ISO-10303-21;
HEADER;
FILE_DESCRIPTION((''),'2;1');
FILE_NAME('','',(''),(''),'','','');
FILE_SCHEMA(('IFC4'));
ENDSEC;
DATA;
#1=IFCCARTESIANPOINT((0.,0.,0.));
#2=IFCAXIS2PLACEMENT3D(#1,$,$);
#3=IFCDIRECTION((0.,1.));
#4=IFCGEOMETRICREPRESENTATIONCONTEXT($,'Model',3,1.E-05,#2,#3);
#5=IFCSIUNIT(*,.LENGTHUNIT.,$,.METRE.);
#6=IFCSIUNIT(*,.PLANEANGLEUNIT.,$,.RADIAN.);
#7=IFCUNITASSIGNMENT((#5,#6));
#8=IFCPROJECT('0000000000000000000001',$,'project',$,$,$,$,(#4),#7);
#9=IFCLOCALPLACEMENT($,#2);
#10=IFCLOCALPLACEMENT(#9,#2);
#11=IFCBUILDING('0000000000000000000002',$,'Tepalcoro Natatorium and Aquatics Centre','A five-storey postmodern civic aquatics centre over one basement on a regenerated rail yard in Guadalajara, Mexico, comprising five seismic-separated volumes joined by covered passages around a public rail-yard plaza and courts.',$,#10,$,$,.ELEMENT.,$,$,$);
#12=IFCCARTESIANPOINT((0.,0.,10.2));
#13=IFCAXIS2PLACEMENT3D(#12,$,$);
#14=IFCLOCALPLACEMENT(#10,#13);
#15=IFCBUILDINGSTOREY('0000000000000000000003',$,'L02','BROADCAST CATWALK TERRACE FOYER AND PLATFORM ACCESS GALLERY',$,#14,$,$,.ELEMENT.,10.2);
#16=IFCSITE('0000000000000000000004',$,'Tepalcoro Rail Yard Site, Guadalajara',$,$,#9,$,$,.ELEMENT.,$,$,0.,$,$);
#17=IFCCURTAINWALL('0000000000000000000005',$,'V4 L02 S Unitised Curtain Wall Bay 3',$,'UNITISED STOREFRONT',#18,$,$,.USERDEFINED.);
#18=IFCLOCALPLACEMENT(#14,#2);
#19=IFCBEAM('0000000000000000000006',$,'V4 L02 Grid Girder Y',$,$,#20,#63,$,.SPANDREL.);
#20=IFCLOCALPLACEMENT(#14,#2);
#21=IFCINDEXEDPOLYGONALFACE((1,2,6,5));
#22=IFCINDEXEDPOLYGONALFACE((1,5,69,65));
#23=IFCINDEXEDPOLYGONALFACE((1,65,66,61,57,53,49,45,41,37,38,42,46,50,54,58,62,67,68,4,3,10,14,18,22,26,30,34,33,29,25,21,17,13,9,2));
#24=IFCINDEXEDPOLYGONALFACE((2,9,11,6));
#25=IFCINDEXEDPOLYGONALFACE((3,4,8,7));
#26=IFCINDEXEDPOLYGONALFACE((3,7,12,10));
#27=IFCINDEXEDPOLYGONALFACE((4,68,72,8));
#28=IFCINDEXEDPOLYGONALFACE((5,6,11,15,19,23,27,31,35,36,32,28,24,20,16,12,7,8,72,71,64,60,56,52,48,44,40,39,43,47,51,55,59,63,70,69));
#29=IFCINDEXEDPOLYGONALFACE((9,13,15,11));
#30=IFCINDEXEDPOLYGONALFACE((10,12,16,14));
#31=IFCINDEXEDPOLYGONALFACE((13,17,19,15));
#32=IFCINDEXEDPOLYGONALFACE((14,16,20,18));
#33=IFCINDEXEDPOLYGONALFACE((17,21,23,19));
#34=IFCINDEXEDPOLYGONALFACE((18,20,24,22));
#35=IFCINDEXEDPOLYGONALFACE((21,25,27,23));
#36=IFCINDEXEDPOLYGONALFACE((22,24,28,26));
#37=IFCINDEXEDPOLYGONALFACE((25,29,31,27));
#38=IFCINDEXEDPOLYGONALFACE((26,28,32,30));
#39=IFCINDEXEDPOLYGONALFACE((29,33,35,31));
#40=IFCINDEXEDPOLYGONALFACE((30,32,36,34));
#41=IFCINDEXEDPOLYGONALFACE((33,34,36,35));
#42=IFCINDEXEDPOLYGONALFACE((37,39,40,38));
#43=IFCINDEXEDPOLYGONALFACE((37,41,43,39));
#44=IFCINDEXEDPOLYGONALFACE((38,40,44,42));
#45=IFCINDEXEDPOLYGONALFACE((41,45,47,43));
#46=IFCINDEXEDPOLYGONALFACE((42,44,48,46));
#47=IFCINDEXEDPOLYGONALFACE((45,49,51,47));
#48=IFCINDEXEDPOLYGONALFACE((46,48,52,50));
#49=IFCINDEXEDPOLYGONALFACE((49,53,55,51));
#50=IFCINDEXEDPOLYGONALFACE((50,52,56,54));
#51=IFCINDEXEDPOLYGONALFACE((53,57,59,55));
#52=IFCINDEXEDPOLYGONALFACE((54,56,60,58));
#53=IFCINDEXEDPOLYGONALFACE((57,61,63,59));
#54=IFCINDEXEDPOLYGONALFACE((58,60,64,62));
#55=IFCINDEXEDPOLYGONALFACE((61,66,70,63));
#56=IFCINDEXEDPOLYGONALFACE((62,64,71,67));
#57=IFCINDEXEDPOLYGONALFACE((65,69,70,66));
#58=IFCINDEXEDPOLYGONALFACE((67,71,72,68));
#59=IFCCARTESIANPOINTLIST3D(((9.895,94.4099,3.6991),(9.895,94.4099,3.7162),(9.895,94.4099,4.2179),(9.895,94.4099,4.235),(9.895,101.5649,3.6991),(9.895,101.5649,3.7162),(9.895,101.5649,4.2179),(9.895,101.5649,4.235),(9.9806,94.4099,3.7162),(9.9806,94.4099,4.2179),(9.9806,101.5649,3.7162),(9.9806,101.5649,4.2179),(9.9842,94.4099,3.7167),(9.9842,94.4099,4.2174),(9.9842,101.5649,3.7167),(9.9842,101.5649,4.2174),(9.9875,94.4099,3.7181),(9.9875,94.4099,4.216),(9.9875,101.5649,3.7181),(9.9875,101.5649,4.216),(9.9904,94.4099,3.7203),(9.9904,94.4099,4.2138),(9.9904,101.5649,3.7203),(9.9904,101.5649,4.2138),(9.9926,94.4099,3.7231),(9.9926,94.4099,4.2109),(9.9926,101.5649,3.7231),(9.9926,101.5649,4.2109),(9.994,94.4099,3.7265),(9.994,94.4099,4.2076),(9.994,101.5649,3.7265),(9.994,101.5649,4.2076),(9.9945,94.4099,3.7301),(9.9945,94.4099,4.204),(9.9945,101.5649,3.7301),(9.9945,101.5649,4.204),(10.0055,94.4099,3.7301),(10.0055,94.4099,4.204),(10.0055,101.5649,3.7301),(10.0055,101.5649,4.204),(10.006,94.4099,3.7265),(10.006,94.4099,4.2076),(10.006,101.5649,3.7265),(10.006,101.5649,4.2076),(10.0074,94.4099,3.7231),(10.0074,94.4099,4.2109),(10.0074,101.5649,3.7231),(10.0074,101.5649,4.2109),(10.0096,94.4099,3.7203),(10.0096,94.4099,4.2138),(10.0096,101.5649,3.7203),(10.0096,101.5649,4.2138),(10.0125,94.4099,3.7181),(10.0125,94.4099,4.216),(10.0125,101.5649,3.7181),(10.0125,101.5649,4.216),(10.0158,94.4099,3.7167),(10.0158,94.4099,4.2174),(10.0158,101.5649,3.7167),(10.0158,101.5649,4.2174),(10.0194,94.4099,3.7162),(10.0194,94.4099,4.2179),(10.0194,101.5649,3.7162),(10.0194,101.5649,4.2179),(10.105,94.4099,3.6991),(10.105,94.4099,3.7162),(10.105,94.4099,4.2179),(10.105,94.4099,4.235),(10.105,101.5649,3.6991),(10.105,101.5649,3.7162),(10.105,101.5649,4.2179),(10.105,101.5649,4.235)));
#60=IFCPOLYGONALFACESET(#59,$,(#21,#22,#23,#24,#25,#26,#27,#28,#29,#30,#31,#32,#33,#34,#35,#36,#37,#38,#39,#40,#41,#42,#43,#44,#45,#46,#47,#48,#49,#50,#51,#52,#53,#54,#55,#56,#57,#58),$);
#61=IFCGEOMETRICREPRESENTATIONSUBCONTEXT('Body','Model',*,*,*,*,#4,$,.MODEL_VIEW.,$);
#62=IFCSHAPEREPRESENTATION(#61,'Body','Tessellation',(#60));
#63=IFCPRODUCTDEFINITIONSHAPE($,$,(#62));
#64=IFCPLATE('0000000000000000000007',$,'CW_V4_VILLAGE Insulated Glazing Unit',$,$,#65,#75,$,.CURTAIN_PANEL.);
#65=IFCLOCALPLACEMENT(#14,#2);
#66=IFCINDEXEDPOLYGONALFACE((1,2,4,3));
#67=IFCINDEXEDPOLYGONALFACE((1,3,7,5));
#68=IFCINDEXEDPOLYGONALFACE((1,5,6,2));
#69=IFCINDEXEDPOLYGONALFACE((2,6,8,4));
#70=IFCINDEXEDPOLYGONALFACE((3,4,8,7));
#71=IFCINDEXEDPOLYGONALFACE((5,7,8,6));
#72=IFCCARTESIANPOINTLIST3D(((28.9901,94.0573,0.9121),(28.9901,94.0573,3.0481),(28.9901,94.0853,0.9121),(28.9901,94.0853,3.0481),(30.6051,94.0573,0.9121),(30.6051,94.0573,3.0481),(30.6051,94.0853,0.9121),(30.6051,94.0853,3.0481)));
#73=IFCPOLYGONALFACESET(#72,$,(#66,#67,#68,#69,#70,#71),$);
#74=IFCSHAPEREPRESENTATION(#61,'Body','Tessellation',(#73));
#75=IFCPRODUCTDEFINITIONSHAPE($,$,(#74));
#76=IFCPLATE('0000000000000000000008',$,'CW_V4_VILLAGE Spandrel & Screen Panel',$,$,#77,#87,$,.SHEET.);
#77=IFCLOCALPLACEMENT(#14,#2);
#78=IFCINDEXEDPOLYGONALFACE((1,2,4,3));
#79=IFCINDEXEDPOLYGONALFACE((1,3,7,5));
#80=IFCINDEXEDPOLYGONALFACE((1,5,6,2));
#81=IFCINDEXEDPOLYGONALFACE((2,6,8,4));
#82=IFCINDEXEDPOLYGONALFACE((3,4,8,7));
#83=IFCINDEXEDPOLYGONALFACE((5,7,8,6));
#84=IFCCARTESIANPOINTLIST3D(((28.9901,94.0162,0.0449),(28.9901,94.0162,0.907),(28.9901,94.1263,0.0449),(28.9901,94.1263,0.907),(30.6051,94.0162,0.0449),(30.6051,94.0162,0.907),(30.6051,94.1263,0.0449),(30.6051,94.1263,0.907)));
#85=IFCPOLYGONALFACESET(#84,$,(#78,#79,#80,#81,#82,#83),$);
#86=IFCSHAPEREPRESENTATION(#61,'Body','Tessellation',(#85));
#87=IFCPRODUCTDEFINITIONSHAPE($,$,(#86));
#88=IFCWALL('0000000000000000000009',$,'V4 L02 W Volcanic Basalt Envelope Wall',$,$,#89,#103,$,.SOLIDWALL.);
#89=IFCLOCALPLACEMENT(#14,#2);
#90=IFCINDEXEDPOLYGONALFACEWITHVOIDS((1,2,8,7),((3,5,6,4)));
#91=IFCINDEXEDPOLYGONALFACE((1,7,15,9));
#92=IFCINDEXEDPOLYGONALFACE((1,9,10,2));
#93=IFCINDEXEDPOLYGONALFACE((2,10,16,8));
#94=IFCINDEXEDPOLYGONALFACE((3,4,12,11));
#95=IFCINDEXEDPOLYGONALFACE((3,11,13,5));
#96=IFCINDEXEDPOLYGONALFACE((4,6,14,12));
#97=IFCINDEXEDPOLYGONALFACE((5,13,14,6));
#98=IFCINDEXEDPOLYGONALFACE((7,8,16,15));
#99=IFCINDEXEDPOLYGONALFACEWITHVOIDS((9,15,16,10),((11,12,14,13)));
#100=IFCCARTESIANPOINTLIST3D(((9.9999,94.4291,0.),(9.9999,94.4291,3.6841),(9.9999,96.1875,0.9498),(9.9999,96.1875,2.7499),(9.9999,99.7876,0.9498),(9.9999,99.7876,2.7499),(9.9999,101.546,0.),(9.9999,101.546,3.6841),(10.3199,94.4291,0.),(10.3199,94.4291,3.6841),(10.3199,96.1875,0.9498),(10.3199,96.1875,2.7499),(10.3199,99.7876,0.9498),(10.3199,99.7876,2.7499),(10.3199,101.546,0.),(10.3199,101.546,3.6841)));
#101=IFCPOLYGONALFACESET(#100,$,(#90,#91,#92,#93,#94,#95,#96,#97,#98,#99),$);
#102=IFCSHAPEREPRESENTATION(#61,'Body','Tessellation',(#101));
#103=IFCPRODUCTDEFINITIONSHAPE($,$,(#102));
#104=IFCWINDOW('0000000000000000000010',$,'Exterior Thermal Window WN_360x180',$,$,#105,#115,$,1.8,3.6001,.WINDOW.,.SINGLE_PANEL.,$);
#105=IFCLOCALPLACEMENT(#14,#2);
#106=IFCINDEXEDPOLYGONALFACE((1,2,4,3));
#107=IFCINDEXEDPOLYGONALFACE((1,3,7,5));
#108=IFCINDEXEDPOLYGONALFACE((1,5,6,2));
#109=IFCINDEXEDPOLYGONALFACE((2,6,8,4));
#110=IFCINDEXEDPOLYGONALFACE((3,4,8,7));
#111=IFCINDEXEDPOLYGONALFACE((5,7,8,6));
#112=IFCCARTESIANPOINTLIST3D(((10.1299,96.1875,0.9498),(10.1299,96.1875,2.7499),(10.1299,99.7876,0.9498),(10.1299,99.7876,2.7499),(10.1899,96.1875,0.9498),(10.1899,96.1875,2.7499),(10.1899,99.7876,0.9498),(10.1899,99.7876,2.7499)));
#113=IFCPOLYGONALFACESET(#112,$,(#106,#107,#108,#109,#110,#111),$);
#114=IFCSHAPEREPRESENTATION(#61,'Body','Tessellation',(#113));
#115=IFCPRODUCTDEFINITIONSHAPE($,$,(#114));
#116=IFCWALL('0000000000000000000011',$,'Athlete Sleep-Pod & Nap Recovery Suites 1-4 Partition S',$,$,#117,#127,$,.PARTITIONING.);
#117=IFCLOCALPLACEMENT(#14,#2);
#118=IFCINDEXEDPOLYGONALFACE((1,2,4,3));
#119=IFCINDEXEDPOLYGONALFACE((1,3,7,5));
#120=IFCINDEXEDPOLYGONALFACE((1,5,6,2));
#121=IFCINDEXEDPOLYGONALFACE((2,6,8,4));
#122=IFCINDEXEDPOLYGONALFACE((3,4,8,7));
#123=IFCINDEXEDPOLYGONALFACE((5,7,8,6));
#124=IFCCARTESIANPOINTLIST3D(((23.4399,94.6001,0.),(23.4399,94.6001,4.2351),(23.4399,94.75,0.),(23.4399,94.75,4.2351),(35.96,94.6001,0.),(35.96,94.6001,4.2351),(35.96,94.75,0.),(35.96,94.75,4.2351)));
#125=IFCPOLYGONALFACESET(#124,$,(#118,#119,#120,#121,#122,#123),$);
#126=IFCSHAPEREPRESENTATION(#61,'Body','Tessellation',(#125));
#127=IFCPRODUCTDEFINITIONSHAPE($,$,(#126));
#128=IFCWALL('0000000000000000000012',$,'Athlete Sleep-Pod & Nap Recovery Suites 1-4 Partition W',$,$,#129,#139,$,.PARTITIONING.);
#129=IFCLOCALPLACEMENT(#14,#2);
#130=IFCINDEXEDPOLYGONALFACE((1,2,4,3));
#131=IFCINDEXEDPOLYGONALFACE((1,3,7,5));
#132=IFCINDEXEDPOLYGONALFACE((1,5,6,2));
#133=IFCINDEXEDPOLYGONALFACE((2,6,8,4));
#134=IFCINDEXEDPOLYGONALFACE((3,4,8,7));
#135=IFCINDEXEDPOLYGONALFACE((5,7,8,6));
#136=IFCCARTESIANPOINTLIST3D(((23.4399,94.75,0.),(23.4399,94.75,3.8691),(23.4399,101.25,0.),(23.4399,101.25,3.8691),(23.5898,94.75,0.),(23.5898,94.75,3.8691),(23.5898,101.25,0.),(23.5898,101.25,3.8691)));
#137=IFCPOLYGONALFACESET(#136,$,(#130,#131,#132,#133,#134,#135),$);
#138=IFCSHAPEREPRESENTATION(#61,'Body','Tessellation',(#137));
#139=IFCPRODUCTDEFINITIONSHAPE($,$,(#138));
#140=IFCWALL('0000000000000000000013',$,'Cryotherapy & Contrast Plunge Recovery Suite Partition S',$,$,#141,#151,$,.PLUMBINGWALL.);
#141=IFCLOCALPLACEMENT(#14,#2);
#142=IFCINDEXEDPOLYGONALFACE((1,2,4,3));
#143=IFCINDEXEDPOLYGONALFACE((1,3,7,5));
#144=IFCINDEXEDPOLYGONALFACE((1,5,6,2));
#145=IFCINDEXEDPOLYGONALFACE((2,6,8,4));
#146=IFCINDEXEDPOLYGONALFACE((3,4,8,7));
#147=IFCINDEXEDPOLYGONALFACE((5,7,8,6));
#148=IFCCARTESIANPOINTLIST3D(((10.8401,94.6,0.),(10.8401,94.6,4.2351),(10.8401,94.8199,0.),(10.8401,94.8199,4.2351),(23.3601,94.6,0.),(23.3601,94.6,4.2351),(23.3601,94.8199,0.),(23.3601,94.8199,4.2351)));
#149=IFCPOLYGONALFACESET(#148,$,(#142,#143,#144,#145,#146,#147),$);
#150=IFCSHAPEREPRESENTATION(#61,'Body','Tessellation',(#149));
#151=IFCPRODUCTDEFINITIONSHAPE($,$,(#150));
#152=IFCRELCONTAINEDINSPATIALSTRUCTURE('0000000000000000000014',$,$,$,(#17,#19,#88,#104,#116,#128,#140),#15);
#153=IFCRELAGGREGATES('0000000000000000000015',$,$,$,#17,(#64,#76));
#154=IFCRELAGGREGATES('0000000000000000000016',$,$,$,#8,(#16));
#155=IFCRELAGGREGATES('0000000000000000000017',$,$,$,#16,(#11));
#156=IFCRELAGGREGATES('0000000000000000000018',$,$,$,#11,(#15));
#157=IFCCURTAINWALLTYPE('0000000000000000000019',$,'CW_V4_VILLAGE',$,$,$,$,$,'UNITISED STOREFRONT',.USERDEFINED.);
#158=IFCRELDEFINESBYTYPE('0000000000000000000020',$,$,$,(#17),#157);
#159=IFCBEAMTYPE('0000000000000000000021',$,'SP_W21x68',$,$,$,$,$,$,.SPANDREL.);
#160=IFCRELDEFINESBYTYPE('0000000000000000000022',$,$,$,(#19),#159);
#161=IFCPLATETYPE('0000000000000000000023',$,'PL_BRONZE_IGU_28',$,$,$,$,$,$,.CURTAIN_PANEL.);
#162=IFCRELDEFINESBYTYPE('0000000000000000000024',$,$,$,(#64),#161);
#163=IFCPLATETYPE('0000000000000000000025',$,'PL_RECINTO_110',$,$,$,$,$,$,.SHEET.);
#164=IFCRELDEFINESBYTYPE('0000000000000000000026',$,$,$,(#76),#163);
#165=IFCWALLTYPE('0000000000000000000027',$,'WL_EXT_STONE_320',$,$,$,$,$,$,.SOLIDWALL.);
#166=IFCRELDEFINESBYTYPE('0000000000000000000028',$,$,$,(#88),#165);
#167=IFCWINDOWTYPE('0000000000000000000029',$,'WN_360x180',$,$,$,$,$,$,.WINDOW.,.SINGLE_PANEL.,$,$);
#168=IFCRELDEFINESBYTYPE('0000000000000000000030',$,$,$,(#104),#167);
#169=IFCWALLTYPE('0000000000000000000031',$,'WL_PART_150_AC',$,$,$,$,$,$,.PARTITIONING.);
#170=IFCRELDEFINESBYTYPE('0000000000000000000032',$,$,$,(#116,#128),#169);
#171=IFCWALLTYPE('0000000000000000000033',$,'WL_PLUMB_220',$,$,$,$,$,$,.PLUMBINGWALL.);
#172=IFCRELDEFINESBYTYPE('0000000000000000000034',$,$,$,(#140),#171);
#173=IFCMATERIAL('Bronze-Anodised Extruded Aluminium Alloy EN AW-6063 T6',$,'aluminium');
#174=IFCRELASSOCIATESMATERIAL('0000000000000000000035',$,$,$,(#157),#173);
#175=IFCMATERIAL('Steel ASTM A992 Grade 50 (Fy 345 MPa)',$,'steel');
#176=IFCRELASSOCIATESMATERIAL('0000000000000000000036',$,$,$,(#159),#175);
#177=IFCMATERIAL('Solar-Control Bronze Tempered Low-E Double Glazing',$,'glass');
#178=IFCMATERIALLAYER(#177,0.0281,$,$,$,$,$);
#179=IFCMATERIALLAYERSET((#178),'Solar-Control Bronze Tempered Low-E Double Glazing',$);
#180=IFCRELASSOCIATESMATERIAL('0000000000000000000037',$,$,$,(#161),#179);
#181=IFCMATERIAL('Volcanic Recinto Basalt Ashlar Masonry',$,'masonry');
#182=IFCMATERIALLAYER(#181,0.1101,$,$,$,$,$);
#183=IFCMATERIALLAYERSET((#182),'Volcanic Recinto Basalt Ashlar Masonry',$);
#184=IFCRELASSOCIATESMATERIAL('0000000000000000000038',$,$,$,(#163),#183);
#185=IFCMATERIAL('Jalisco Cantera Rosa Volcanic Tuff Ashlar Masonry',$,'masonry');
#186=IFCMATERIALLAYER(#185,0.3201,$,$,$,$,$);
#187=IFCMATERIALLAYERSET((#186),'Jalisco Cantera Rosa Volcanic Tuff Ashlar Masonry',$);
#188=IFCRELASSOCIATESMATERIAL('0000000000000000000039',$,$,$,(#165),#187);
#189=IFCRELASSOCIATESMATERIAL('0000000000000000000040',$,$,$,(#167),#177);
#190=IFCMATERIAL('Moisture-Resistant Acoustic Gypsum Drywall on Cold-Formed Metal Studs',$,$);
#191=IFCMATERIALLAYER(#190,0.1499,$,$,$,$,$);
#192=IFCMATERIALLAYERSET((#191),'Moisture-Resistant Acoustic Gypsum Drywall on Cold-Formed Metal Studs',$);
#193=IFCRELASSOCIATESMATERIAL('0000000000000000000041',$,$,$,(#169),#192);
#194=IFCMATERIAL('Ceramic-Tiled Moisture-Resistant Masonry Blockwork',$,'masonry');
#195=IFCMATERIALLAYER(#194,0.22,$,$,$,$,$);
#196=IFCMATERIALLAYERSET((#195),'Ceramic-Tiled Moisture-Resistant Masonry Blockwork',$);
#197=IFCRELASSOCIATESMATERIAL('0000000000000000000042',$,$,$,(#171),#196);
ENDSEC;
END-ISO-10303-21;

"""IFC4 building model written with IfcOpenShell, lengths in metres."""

from ifc_helpers import new_model, si_unit, direction, frame, frame_2d, origin, origin_2d, place, context, subcontext, project, spatial, rectangle, i_section, extrude, material, layer, layer_set, material_profile, profile_set, type_object, element, fill, aggregate, save


model = new_model("IFC4")

# Units and contexts
model_context = context("Model", 3, precision=1e-05, world=origin(), true_north=direction((0.0, 1.0)))
body_context = subcontext(model_context, "Body", "Model", "MODEL_VIEW")
ifc_project = project(units=[si_unit("LENGTHUNIT", "METRE"), si_unit("PLANEANGLEUNIT", "RADIAN")], contexts=[model_context])

# Site, building, storey
site_placement = place(None, origin())
site = spatial("IfcSite", under=ifc_project, at=site_placement, Name="Tepalcoro Rail Yard Site, Guadalajara", CompositionType="ELEMENT", RefElevation=0.0)
building_placement = place(site_placement, origin())
building = spatial("IfcBuilding", under=site, at=building_placement, Name="Tepalcoro Natatorium and Aquatics Centre", Description="A five-storey postmodern civic aquatics centre over one basement on a regenerated rail yard in Guadalajara, Mexico, comprising five seismic-separated volumes joined by covered passages around a public rail-yard plaza and courts.", CompositionType="ELEMENT")
storey_placement = place(building_placement, frame((0.0, 0.0, 10.2)))
storey = spatial("IfcBuildingStorey", under=building, at=storey_placement, Name="L02", Description="BROADCAST CATWALK TERRACE FOYER AND PLATFORM ACCESS GALLERY", CompositionType="ELEMENT", Elevation=10.2)

# Shared definitions
ifc_material_1 = material(Name="Steel ASTM A992 Grade 50 (Fy 345 MPa)", Category="steel")

# Curtain wall
ifc_material_2 = material(Name="Bronze-Anodised Extruded Aluminium Alloy EN AW-6063 T6", Category="aluminium")
curtain_wall_type = type_object("IfcCurtainWallType", Name="CW_V4_VILLAGE", ElementType="UNITISED STOREFRONT", PredefinedType="USERDEFINED", material=ifc_material_2)
curtain_wall_placement = place(storey_placement, origin())
curtain_wall = element("IfcCurtainWall", 1, at=curtain_wall_placement, inside=storey, type_object=curtain_wall_type, Name="V4 L02 S Unitised Curtain Wall Bay 3", ObjectType="UNITISED STOREFRONT", PredefinedType="USERDEFINED")

# Beam
ifc_material_profile_1 = material_profile(ifc_material_1, i_section(OverallWidth=0.21, OverallDepth=0.5359, WebThickness=0.011, FlangeThickness=0.0171, FilletRadius=0.0139, at=origin_2d()), Name="W21X68")
ifc_profile_set_1 = profile_set([ifc_material_profile_1], Name="Steel ASTM A992 Grade 50 (Fy 345 MPa)")
beam_type_1 = type_object("IfcBeamType", Name="SP_W21x68", PredefinedType="SPANDREL", material=ifc_profile_set_1)
beam_1_placement = place(storey_placement, frame((10.0, 94.4099, 3.967), z_axis=(0.0, 1.0, 0.0), x_axis=(-1.0, 0.0, 0.0)))
element("IfcBeam", 2, at=beam_1_placement, inside=storey, type_object=beam_type_1, Name="V4 L02 Grid Girder Y", PredefinedType="SPANDREL", context=body_context, shape_type="SweptSolid", body=[
    extrude(i_section(OverallWidth=0.21, OverallDepth=0.5359, WebThickness=0.011, FlangeThickness=0.0171, FilletRadius=0.0139, at=origin_2d()), origin(), (0.0, 0.0, 1.0), 7.155),
])

# Plates
ifc_material_3 = material(Name="Solar-Control Bronze Tempered Low-E Double Glazing", Category="glass")
ifc_layer_1 = layer(ifc_material_3, 0.0281)
ifc_layer_set_1 = layer_set([ifc_layer_1], Name="Solar-Control Bronze Tempered Low-E Double Glazing")
plate_type_1 = type_object("IfcPlateType", Name="PL_BRONZE_IGU_28", PredefinedType="CURTAIN_PANEL", material=ifc_layer_set_1)
plate_1_placement = place(storey_placement, frame((29.7976, 94.0713, 0.9121), z_axis=(0.0, 0.0, 1.0), x_axis=(1.0, 0.0, 0.0)))
plate_1 = element("IfcPlate", 3, at=plate_1_placement, type_object=plate_type_1, Name="CW_V4_VILLAGE Insulated Glazing Unit", PredefinedType="CURTAIN_PANEL", context=body_context, shape_type="SweptSolid", body=[
    extrude(rectangle(XDim=1.615, YDim=0.0281, at=origin_2d()), origin(), (0.0, 0.0, 1.0), 2.136),
])
ifc_material_4 = material(Name="Volcanic Recinto Basalt Ashlar Masonry", Category="masonry")
ifc_layer_2 = layer(ifc_material_4, 0.1101)
ifc_layer_set_2 = layer_set([ifc_layer_2], Name="Volcanic Recinto Basalt Ashlar Masonry")
plate_type_2 = type_object("IfcPlateType", Name="PL_RECINTO_110", PredefinedType="SHEET", material=ifc_layer_set_2)
plate_2_placement = place(storey_placement, frame((29.7976, 94.0713, 0.0449), z_axis=(0.0, 0.0, 1.0), x_axis=(1.0, 0.0, 0.0)))
plate_2 = element("IfcPlate", 4, at=plate_2_placement, type_object=plate_type_2, Name="CW_V4_VILLAGE Spandrel & Screen Panel", PredefinedType="SHEET", context=body_context, shape_type="SweptSolid", body=[
    extrude(rectangle(XDim=1.615, YDim=0.1101, at=origin_2d()), origin(), (0.0, 0.0, 1.0), 0.8621),
])
aggregate(curtain_wall, [plate_1, plate_2])

# Wall, opening, window
ifc_material_5 = material(Name="Jalisco Cantera Rosa Volcanic Tuff Ashlar Masonry", Category="masonry")
ifc_layer_3 = layer(ifc_material_5, 0.3201)
ifc_layer_set_3 = layer_set([ifc_layer_3], Name="Jalisco Cantera Rosa Volcanic Tuff Ashlar Masonry")
wall_type_1 = type_object("IfcWallType", Name="WL_EXT_STONE_320", PredefinedType="SOLIDWALL", material=ifc_layer_set_3)
wall_1_placement = place(storey_placement, frame((10.1599, 94.429, 0.0), z_axis=(0.0, 0.0, 1.0), x_axis=(0.0, 1.0, 0.0)))
wall_1 = element("IfcWall", 5, at=wall_1_placement, inside=storey, type_object=wall_type_1, Name="V4 L02 W Volcanic Basalt Envelope Wall", PredefinedType="SOLIDWALL", context=body_context, shape_type="SweptSolid", body=[
    extrude(rectangle(XDim=7.1169, YDim=0.3201, at=frame_2d((3.5586, 0.0))), origin(), (0.0, 0.0, 1.0), 3.6841),
])
opening_1_placement = place(wall_1_placement, frame((1.7585, 0.0, 0.95)))
opening_1 = element("IfcOpeningElement", 6, at=opening_1_placement, cuts=wall_1, PredefinedType="OPENING", context=body_context, shape_type="SweptSolid", body=[
    extrude(rectangle(XDim=3.6001, YDim=1.8, at=frame_2d((1.8, 0.8999))), frame((0.0, 0.1719, 0.0), z_axis=(0.0, -1.0, 0.0), x_axis=(1.0, 0.0, 0.0)), (0.0, 0.0, 1.0), 0.344),
])
window_type = type_object("IfcWindowType", Name="WN_360x180", PartitioningType="SINGLE_PANEL", PredefinedType="WINDOW", material=ifc_material_3)
window_placement = place(opening_1_placement, origin())
window = element("IfcWindow", 7, at=window_placement, inside=storey, type_object=window_type, Name="Exterior Thermal Window WN_360x180", OverallHeight=1.8, OverallWidth=3.6001, PartitioningType="SINGLE_PANEL", PredefinedType="WINDOW", context=body_context, shape_type="SweptSolid", body=[
    extrude(rectangle(XDim=3.6001, YDim=1.8, at=frame_2d((1.8, 0.8999))), frame((0.0, 0.03, 0.0), z_axis=(0.0, -1.0, 0.0), x_axis=(1.0, 0.0, 0.0)), (0.0, 0.0, 1.0), 0.0601),
])
fill(opening_1, window)

# Walls
ifc_material_6 = material(Name="Moisture-Resistant Acoustic Gypsum Drywall on Cold-Formed Metal Studs")
ifc_layer_4 = layer(ifc_material_6, 0.1499)
ifc_layer_set_4 = layer_set([ifc_layer_4], Name="Moisture-Resistant Acoustic Gypsum Drywall on Cold-Formed Metal Studs")
wall_type_2 = type_object("IfcWallType", Name="WL_PART_150_AC", PredefinedType="PARTITIONING", material=ifc_layer_set_4)
wall_2_placement = place(storey_placement, frame((23.4399, 94.675, 0.0), z_axis=(0.0, 0.0, 1.0), x_axis=(1.0, 0.0, 0.0)))
element("IfcWall", 8, at=wall_2_placement, inside=storey, type_object=wall_type_2, Name="Athlete Sleep-Pod & Nap Recovery Suites 1-4 Partition S", PredefinedType="PARTITIONING", context=body_context, shape_type="SweptSolid", body=[
    extrude(rectangle(XDim=12.52, YDim=0.1499, at=frame_2d((6.26, 0.0))), origin(), (0.0, 0.0, 1.0), 4.2351),
])
wall_3_placement = place(storey_placement, frame((23.5149, 94.75, 0.0), z_axis=(0.0, 0.0, 1.0), x_axis=(0.0, 1.0, 0.0)))
element("IfcWall", 9, at=wall_3_placement, inside=storey, type_object=wall_type_2, Name="Athlete Sleep-Pod & Nap Recovery Suites 1-4 Partition W", PredefinedType="PARTITIONING", context=body_context, shape_type="SweptSolid", body=[
    extrude(rectangle(XDim=6.5, YDim=0.1499, at=frame_2d((3.25, 0.0))), origin(), (0.0, 0.0, 1.0), 3.8691),
])
ifc_material_7 = material(Name="Ceramic-Tiled Moisture-Resistant Masonry Blockwork", Category="masonry")
ifc_layer_5 = layer(ifc_material_7, 0.22)
ifc_layer_set_5 = layer_set([ifc_layer_5], Name="Ceramic-Tiled Moisture-Resistant Masonry Blockwork")
wall_type_3 = type_object("IfcWallType", Name="WL_PLUMB_220", PredefinedType="PLUMBINGWALL", material=ifc_layer_set_5)
wall_4_placement = place(storey_placement, frame((10.8401, 94.71, 0.0), z_axis=(0.0, 0.0, 1.0), x_axis=(1.0, 0.0, 0.0)))
element("IfcWall", 10, at=wall_4_placement, inside=storey, type_object=wall_type_3, Name="Cryotherapy & Contrast Plunge Recovery Suite Partition S", PredefinedType="PLUMBINGWALL", context=body_context, shape_type="SweptSolid", body=[
    extrude(rectangle(XDim=12.52, YDim=0.22, at=frame_2d((6.26, 0.0))), origin(), (0.0, 0.0, 1.0), 4.2351),
])

save(model, "model.ifc")
